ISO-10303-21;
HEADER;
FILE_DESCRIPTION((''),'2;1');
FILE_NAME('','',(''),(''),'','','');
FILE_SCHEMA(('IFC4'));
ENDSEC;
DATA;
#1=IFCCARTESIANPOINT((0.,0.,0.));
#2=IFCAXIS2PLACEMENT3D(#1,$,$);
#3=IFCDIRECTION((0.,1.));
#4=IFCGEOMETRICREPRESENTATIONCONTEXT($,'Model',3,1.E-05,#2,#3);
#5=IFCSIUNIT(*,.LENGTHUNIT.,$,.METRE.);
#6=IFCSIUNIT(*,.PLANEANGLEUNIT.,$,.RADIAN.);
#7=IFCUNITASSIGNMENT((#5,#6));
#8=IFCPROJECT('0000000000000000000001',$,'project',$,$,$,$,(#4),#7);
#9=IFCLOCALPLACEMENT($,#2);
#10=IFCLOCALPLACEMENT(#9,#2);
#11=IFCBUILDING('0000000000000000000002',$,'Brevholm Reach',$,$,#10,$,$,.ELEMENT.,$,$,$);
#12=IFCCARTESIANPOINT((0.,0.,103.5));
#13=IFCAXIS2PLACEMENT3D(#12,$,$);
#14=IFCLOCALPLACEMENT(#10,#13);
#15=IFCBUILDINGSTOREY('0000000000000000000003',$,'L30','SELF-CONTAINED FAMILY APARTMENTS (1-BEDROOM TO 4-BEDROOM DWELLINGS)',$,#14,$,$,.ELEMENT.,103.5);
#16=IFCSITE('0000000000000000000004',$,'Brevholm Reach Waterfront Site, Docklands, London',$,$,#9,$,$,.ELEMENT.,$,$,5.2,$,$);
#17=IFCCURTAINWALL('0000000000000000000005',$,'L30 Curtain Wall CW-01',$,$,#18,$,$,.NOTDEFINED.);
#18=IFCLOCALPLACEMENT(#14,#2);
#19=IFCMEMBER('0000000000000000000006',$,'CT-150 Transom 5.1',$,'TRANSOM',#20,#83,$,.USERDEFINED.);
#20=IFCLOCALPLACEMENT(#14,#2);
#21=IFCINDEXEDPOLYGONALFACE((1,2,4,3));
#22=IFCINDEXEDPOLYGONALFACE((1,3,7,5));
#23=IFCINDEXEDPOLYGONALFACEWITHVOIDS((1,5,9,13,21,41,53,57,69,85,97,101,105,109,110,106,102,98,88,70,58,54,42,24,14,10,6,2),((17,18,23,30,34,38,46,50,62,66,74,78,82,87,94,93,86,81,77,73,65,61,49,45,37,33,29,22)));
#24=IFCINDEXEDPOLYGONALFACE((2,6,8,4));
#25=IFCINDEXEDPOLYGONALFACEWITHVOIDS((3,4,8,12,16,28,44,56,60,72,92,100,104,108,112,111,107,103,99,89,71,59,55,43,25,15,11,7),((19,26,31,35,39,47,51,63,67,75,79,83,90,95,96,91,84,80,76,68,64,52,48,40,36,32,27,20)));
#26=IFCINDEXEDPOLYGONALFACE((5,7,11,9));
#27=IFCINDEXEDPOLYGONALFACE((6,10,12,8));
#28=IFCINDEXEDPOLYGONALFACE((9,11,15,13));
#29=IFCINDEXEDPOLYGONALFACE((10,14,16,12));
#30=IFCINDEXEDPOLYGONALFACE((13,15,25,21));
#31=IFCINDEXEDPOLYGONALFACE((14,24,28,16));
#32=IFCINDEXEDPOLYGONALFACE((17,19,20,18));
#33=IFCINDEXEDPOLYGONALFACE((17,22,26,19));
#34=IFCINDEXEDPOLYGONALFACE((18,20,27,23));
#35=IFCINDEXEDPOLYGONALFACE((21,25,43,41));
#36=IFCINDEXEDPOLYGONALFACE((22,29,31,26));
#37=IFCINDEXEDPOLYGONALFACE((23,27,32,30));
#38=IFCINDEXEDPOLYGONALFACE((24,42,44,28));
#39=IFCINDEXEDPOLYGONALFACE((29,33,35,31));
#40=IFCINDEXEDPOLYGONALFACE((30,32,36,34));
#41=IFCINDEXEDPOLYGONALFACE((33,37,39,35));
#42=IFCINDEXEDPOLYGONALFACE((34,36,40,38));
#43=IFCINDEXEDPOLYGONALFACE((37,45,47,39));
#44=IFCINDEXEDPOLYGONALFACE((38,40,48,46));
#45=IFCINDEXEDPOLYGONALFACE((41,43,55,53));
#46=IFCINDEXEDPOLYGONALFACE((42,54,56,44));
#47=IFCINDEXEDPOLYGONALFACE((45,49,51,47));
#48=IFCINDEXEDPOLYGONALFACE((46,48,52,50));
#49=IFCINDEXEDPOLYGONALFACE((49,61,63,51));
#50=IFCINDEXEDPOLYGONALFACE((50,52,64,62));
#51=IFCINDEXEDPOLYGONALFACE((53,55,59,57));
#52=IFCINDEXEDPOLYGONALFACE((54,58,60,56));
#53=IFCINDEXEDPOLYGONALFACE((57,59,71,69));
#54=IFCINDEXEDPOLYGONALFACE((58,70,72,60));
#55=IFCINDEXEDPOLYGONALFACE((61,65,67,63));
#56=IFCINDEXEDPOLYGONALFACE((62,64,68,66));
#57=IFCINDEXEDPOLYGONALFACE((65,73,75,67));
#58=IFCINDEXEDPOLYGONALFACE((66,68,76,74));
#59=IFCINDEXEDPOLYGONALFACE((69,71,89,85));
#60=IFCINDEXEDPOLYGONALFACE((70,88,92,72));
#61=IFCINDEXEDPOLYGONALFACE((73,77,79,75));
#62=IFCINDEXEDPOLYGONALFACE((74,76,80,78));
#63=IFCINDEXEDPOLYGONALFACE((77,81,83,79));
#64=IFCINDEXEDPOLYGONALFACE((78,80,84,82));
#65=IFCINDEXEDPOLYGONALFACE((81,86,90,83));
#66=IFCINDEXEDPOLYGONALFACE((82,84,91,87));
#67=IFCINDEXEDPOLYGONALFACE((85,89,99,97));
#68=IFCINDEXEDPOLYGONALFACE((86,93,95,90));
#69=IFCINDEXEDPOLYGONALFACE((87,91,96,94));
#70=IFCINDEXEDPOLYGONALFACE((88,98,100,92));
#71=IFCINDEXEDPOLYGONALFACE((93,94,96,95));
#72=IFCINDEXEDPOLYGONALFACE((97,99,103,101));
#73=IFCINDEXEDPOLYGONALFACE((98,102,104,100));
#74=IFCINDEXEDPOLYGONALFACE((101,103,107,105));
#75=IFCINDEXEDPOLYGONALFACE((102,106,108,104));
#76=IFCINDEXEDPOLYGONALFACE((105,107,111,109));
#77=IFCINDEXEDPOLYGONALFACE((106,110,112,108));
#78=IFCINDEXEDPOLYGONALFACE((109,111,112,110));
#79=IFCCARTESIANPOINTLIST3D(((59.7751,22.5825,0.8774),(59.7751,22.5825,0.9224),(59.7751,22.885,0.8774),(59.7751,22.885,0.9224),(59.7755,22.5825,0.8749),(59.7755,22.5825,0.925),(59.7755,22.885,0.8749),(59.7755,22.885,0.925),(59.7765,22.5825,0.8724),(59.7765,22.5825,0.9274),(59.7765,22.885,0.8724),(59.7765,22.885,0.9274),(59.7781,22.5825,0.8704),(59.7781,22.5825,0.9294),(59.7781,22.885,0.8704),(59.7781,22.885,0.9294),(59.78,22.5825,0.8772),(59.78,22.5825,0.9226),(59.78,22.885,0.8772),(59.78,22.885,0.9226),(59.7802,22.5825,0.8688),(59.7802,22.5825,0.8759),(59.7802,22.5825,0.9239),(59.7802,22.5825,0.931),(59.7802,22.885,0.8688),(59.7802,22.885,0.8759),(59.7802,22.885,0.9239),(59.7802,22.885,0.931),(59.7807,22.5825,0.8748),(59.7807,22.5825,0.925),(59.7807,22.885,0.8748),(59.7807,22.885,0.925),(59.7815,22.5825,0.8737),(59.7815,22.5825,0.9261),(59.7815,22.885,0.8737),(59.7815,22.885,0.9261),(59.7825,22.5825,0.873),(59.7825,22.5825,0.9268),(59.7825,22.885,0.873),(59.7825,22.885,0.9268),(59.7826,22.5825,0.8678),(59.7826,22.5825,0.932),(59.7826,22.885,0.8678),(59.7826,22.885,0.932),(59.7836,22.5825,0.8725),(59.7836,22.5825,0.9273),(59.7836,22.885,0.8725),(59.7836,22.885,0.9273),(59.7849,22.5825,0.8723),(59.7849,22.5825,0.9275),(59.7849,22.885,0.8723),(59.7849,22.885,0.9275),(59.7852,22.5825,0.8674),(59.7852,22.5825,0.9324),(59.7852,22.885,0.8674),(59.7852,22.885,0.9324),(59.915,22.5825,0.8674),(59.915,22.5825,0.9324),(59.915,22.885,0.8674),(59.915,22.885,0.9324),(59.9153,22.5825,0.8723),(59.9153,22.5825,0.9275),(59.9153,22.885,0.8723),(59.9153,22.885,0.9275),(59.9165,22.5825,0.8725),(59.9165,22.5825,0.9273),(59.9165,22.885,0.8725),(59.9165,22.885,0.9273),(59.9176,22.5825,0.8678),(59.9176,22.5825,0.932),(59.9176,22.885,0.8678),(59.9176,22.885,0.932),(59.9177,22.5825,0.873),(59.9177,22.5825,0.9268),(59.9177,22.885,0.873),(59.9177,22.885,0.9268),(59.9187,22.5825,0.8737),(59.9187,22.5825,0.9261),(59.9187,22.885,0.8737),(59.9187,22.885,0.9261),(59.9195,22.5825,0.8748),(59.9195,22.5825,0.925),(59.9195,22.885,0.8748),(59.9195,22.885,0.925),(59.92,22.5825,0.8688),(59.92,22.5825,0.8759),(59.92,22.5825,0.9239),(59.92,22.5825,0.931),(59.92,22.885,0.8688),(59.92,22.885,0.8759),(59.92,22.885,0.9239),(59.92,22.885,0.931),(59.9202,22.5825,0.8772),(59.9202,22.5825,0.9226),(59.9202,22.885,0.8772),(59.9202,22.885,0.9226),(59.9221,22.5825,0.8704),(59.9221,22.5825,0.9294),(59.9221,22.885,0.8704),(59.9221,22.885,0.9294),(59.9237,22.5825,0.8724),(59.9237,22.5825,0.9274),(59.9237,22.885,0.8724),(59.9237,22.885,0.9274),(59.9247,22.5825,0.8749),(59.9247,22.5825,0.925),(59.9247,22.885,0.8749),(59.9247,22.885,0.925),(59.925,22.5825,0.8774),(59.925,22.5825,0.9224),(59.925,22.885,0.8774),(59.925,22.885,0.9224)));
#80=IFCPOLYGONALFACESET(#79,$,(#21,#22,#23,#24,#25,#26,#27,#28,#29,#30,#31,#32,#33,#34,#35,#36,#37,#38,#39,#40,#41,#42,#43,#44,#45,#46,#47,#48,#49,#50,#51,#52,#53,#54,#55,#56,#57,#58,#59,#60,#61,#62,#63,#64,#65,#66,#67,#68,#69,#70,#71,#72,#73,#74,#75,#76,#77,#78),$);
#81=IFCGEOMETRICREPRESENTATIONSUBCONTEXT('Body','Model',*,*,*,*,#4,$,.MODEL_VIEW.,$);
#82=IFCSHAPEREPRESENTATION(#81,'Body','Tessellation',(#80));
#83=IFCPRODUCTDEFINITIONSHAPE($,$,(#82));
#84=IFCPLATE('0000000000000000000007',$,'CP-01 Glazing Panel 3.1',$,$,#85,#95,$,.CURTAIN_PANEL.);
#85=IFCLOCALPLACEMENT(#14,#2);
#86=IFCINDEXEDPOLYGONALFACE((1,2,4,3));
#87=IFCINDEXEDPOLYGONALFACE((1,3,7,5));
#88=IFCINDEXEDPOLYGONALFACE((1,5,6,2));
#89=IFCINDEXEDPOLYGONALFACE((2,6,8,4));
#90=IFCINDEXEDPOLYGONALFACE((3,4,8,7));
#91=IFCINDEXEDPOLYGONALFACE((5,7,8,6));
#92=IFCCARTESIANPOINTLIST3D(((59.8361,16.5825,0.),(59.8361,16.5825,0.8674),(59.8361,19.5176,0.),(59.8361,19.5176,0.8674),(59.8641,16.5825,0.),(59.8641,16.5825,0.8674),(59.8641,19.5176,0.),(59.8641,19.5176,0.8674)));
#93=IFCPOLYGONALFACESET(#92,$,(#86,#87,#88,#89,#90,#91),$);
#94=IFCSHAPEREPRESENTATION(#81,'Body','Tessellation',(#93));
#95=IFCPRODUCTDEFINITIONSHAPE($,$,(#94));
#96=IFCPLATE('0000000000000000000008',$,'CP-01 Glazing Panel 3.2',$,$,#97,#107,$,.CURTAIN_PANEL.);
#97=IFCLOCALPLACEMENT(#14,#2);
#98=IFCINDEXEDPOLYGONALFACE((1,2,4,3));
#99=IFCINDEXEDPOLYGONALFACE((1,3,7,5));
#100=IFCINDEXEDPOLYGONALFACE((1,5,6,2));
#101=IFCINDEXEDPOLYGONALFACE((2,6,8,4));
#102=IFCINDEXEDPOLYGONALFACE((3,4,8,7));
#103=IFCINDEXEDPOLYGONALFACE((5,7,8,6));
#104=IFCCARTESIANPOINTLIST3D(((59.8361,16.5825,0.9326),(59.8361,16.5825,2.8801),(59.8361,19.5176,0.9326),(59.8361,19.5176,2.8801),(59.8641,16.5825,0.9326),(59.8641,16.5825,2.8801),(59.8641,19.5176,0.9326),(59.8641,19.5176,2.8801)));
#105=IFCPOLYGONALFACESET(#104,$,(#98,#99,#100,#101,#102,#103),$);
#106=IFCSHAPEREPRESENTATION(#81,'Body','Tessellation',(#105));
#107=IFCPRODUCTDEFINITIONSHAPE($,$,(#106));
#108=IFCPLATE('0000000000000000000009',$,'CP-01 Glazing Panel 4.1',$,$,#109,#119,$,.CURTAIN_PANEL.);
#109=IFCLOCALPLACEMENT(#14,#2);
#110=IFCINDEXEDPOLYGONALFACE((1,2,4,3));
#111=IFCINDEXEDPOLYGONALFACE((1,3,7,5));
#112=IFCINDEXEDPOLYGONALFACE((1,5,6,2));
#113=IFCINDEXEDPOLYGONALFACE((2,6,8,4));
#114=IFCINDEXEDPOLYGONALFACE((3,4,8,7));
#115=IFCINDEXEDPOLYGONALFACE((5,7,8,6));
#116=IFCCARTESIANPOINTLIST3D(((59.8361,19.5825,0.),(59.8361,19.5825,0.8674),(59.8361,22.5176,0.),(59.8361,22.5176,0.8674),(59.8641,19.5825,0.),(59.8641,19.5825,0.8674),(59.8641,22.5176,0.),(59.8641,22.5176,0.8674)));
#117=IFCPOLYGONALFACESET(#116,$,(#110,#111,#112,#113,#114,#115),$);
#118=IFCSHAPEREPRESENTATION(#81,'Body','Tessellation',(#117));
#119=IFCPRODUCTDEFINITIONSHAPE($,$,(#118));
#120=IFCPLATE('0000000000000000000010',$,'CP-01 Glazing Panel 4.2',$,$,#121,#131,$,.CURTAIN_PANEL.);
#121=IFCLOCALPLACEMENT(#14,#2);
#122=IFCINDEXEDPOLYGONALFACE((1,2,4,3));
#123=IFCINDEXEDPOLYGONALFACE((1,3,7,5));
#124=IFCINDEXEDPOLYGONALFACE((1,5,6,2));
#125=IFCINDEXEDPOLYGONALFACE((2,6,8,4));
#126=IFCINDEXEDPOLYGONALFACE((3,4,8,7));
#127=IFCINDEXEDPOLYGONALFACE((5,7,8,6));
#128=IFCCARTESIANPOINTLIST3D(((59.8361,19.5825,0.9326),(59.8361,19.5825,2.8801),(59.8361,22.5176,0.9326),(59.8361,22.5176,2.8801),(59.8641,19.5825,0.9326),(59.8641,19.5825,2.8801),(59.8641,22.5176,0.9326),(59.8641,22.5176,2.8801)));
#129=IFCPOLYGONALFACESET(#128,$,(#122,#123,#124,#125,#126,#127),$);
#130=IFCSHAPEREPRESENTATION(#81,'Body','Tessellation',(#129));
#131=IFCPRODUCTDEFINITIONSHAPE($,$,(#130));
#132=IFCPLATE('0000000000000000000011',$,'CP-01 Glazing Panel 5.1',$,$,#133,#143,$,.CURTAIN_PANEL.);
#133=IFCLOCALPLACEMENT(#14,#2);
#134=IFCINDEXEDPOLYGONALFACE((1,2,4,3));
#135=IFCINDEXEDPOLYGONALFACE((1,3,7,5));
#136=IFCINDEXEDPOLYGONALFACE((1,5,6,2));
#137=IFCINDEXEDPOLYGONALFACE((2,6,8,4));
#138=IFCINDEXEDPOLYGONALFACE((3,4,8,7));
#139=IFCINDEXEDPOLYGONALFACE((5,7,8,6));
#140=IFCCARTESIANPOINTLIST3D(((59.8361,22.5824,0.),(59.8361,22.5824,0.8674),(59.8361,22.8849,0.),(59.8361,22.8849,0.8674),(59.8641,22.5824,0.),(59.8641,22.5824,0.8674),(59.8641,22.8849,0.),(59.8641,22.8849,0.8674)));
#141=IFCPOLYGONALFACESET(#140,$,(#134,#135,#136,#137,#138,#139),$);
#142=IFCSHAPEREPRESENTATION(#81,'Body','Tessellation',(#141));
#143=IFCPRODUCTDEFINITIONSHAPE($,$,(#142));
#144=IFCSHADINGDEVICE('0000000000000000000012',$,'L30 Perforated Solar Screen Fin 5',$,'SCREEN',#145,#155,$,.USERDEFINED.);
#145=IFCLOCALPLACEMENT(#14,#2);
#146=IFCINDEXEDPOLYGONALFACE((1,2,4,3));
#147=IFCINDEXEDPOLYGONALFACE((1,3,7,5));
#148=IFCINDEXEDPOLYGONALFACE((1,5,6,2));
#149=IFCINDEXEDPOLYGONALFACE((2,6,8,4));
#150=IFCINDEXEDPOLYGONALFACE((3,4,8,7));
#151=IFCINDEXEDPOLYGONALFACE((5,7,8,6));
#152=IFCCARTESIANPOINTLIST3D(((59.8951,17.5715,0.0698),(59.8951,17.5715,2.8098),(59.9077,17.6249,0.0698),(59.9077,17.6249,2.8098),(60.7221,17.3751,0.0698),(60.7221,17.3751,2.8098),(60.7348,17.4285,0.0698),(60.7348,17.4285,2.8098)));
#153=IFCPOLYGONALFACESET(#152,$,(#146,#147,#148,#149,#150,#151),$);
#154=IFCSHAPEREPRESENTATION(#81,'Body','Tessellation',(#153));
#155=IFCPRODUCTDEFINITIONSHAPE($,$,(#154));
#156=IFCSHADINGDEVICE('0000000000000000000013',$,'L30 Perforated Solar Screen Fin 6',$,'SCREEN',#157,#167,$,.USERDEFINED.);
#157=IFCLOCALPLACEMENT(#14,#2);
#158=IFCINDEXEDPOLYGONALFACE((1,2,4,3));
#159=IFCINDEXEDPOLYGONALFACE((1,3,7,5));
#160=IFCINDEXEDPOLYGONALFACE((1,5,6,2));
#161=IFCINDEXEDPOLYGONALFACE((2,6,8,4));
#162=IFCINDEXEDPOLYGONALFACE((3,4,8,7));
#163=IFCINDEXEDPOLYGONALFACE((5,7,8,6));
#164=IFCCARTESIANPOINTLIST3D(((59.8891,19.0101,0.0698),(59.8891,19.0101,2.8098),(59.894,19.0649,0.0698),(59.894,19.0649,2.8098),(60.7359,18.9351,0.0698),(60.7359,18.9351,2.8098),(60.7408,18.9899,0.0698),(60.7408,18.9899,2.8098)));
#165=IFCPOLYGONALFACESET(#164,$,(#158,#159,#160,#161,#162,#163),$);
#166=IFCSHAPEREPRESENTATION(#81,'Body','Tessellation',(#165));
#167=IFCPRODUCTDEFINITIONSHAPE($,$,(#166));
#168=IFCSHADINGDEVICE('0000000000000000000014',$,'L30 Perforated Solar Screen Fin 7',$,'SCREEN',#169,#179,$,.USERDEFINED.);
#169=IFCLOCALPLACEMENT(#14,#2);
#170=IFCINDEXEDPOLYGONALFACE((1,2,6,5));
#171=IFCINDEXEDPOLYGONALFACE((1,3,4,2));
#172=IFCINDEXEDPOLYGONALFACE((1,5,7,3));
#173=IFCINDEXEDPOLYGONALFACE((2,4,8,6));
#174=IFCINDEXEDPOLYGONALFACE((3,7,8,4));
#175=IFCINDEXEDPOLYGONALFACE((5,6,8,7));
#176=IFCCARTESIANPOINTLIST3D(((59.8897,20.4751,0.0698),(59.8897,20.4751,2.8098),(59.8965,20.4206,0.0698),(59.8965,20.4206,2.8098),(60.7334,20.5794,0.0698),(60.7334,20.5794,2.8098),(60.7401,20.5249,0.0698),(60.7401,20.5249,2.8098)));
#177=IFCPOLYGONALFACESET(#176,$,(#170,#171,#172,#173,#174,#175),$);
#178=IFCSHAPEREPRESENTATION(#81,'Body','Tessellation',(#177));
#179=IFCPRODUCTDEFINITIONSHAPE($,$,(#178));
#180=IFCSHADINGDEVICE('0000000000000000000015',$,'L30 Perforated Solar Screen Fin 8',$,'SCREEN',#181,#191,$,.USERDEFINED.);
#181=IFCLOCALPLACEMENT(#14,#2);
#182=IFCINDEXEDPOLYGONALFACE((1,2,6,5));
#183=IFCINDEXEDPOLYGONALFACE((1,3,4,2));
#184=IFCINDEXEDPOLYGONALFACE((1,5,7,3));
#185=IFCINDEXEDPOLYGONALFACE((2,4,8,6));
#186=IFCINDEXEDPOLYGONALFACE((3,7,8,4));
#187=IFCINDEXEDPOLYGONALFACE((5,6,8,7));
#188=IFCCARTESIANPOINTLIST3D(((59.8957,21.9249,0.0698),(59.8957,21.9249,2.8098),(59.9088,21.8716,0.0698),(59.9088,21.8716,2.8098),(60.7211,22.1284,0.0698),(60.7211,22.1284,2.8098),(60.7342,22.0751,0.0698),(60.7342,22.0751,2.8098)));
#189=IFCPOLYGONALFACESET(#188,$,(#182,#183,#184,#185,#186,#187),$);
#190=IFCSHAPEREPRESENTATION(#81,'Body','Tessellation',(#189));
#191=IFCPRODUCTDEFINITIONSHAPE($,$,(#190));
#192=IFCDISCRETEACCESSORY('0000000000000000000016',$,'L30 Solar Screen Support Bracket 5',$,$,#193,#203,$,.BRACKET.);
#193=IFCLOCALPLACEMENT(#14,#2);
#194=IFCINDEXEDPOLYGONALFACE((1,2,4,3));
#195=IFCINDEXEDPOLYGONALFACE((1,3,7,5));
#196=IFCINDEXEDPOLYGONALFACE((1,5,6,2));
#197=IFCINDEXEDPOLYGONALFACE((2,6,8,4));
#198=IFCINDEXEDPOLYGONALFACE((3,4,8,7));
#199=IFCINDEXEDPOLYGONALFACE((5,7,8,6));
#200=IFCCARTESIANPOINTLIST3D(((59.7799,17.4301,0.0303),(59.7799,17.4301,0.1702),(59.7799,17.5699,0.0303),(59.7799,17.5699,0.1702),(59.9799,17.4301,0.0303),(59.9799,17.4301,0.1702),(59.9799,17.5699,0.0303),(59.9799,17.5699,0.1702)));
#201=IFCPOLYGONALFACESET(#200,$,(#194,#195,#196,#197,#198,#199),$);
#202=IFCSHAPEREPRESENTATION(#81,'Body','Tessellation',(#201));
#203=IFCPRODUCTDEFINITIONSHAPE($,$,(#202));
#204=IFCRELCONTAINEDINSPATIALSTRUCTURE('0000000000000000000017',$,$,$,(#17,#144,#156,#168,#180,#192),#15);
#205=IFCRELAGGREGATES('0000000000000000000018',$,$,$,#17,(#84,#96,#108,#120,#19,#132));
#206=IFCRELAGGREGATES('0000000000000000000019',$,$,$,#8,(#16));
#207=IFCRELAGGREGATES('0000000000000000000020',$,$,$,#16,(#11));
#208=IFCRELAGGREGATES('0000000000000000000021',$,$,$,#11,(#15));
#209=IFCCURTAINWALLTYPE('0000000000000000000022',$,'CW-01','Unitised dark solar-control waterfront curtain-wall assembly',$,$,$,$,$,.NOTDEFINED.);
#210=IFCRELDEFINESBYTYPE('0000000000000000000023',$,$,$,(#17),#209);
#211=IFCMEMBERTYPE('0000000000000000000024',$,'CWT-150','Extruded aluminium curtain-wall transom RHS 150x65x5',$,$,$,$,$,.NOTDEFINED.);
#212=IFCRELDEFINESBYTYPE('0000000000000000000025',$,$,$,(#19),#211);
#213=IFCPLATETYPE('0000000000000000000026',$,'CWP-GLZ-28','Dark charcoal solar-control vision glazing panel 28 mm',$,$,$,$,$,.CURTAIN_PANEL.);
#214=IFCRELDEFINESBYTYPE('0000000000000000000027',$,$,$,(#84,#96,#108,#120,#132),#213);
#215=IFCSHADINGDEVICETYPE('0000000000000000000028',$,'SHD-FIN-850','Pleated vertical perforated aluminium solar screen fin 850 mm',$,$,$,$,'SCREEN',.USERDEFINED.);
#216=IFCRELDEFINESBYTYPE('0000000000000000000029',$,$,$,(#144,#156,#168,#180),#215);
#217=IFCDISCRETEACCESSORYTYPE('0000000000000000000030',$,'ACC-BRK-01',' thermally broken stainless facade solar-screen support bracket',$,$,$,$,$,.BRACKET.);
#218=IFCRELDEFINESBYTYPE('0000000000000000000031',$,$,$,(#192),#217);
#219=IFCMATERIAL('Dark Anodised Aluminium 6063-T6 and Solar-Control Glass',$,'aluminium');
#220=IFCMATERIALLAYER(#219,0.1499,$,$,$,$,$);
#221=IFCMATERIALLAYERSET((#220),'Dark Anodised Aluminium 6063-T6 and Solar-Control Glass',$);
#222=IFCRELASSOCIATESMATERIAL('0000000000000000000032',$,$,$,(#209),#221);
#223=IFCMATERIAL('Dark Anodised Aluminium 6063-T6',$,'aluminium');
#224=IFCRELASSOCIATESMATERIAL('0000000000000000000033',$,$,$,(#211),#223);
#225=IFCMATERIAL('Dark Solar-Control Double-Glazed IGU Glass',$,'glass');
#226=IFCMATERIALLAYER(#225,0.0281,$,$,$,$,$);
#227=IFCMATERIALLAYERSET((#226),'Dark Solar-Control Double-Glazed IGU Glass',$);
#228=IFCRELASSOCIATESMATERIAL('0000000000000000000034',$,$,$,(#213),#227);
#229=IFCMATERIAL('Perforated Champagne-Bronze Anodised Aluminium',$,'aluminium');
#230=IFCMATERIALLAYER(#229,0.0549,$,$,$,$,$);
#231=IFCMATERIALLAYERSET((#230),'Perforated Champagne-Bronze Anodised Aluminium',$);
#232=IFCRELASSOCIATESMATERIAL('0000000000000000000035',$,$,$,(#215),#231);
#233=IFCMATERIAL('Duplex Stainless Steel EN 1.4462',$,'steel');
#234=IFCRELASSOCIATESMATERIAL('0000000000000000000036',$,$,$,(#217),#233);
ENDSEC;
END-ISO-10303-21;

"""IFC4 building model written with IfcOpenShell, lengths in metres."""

from ifc_helpers import new_model, si_unit, direction, frame, origin, origin_2d, place, context, subcontext, project, spatial, rectangle, hollow_rectangle, extrude, material, layer, layer_set, material_profile, profile_set, type_object, element, aggregate, save


model = new_model("IFC4")

# Units and contexts
model_context = context("Model", 3, precision=1e-05, world=origin(), true_north=direction((0.0, 1.0)))
body_context = subcontext(model_context, "Body", "Model", "MODEL_VIEW")
ifc_project = project(units=[si_unit("LENGTHUNIT", "METRE"), si_unit("PLANEANGLEUNIT", "RADIAN")], contexts=[model_context])

# Site, building, storey
site_placement = place(None, origin())
site = spatial("IfcSite", under=ifc_project, at=site_placement, Name="Brevholm Reach Waterfront Site, Docklands, London", CompositionType="ELEMENT", RefElevation=5.2)
building_placement = place(site_placement, origin())
building = spatial("IfcBuilding", under=site, at=building_placement, Name="Brevholm Reach", CompositionType="ELEMENT")
storey_placement = place(building_placement, frame((0.0, 0.0, 103.5)))
storey = spatial("IfcBuildingStorey", under=building, at=storey_placement, Name="L30", Description="SELF-CONTAINED FAMILY APARTMENTS (1-BEDROOM TO 4-BEDROOM DWELLINGS)", CompositionType="ELEMENT", Elevation=103.5)

# Curtain wall, member, plates
ifc_material_1 = material(Name="Dark Anodised Aluminium 6063-T6 and Solar-Control Glass", Category="aluminium")
ifc_layer_1 = layer(ifc_material_1, 0.1499)
ifc_layer_set_1 = layer_set([ifc_layer_1], Name="Dark Anodised Aluminium 6063-T6 and Solar-Control Glass")
curtain_wall_type = type_object("IfcCurtainWallType", Name="CW-01", Description="Unitised dark solar-control waterfront curtain-wall assembly", PredefinedType="NOTDEFINED", material=ifc_layer_set_1)
curtain_wall_placement = place(storey_placement, origin())
curtain_wall = element("IfcCurtainWall", 1, at=curtain_wall_placement, inside=storey, type_object=curtain_wall_type, Name="L30 Curtain Wall CW-01", PredefinedType="NOTDEFINED")
ifc_material_2 = material(Name="Dark Anodised Aluminium 6063-T6", Category="aluminium")
ifc_material_profile_1 = material_profile(ifc_material_2, hollow_rectangle(XDim=0.0649, YDim=0.1499, WallThickness=0.0049, InnerFilletRadius=0.0049, OuterFilletRadius=0.01, at=origin_2d()), Name="RHS 150x65x5")
ifc_profile_set_1 = profile_set([ifc_material_profile_1], Name="Dark Anodised Aluminium 6063-T6")
member_type_1 = type_object("IfcMemberType", Name="CWT-150", Description="Extruded aluminium curtain-wall transom RHS 150x65x5", PredefinedType="NOTDEFINED", material=ifc_profile_set_1)
member_1_placement = place(storey_placement, frame((59.8501, 22.5825, 0.8999), z_axis=(0.0, 1.0, 0.0), x_axis=(0.0, 0.0, 1.0)))
member_1 = element("IfcMember", 2, at=member_1_placement, type_object=member_type_1, Name="CT-150 Transom 5.1", ObjectType="TRANSOM", PredefinedType="USERDEFINED", context=body_context, shape_type="SweptSolid", body=[
    extrude(hollow_rectangle(XDim=0.0649, YDim=0.1499, WallThickness=0.0049, InnerFilletRadius=0.0049, OuterFilletRadius=0.01, at=origin_2d()), origin(), (0.0, 0.0, 1.0), 0.3025),
])
ifc_material_3 = material(Name="Dark Solar-Control Double-Glazed IGU Glass", Category="glass")
ifc_layer_2 = layer(ifc_material_3, 0.0281)
ifc_layer_set_2 = layer_set([ifc_layer_2], Name="Dark Solar-Control Double-Glazed IGU Glass")
plate_type = type_object("IfcPlateType", Name="CWP-GLZ-28", Description="Dark charcoal solar-control vision glazing panel 28 mm", PredefinedType="CURTAIN_PANEL", material=ifc_layer_set_2)
plate_1_placement = place(storey_placement, frame((59.8501, 18.05, 0.0), z_axis=(0.0, 0.0, 1.0), x_axis=(0.0, 1.0, 0.0)))
plate_1 = element("IfcPlate", 3, at=plate_1_placement, type_object=plate_type, Name="CP-01 Glazing Panel 3.1", PredefinedType="CURTAIN_PANEL", context=body_context, shape_type="SweptSolid", body=[
    extrude(rectangle(XDim=2.9351, YDim=0.0281, at=origin_2d()), origin(), (0.0, 0.0, 1.0), 0.8674),
])
plate_2_placement = place(storey_placement, frame((59.8501, 18.05, 0.9326), z_axis=(0.0, 0.0, 1.0), x_axis=(0.0, 1.0, 0.0)))
plate_2 = element("IfcPlate", 4, at=plate_2_placement, type_object=plate_type, Name="CP-01 Glazing Panel 3.2", PredefinedType="CURTAIN_PANEL", context=body_context, shape_type="SweptSolid", body=[
    extrude(rectangle(XDim=2.9351, YDim=0.0281, at=origin_2d()), origin(), (0.0, 0.0, 1.0), 1.9475),
])
plate_3_placement = place(storey_placement, frame((59.8501, 21.05, 0.0), z_axis=(0.0, 0.0, 1.0), x_axis=(0.0, 1.0, 0.0)))
plate_3 = element("IfcPlate", 5, at=plate_3_placement, type_object=plate_type, Name="CP-01 Glazing Panel 4.1", PredefinedType="CURTAIN_PANEL", context=body_context, shape_type="SweptSolid", body=[
    extrude(rectangle(XDim=2.9351, YDim=0.0281, at=origin_2d()), origin(), (0.0, 0.0, 1.0), 0.8674),
])
plate_4_placement = place(storey_placement, frame((59.8501, 21.05, 0.9326), z_axis=(0.0, 0.0, 1.0), x_axis=(0.0, 1.0, 0.0)))
plate_4 = element("IfcPlate", 6, at=plate_4_placement, type_object=plate_type, Name="CP-01 Glazing Panel 4.2", PredefinedType="CURTAIN_PANEL", context=body_context, shape_type="SweptSolid", body=[
    extrude(rectangle(XDim=2.9351, YDim=0.0281, at=origin_2d()), origin(), (0.0, 0.0, 1.0), 1.9475),
])
plate_5_placement = place(storey_placement, frame((59.8501, 22.7336, 0.0), z_axis=(0.0, 0.0, 1.0), x_axis=(0.0, 1.0, 0.0)))
plate_5 = element("IfcPlate", 7, at=plate_5_placement, type_object=plate_type, Name="CP-01 Glazing Panel 5.1", PredefinedType="CURTAIN_PANEL", context=body_context, shape_type="SweptSolid", body=[
    extrude(rectangle(XDim=0.3025, YDim=0.0281, at=origin_2d()), origin(), (0.0, 0.0, 1.0), 0.8674),
])
aggregate(curtain_wall, [plate_1, plate_2, plate_3, plate_4, member_1, plate_5])

# Shading devices
ifc_material_4 = material(Name="Perforated Champagne-Bronze Anodised Aluminium", Category="aluminium")
ifc_layer_3 = layer(ifc_material_4, 0.0549)
ifc_layer_set_3 = layer_set([ifc_layer_3], Name="Perforated Champagne-Bronze Anodised Aluminium")
shading_device_type = type_object("IfcShadingDeviceType", Name="SHD-FIN-850", Description="Pleated vertical perforated aluminium solar screen fin 850 mm", ElementType="SCREEN", PredefinedType="USERDEFINED", material=ifc_layer_set_3)
for number, where, z_axis, x_axis, name in (
    (8, (60.3149, 17.5, 0.0698), (0.0, 0.0, 1.0), (0.972933, -0.231086, 0.0), "L30 Perforated Solar Screen Fin 5"),
    (9, (60.3149, 19.0, 0.0698), (0.0, 0.0, 1.0), (0.9961, -0.088234, 0.0), "L30 Perforated Solar Screen Fin 6"),
    (10, (60.3149, 20.5, 0.0698), (0.0, 0.0, 1.0), (0.992442, 0.122718, 0.0), "L30 Perforated Solar Screen Fin 7"),
    (11, (60.3149, 22.0, 0.0698), (0.0, 0.0, 1.0), (0.970917, 0.239415, 0.0), "L30 Perforated Solar Screen Fin 8"),
):
    element("IfcShadingDevice", number, at=place(storey_placement, frame(where, z_axis=z_axis, x_axis=x_axis)), inside=storey, type_object=shading_device_type, Name=name, ObjectType="SCREEN", PredefinedType="USERDEFINED", context=body_context, shape_type="SweptSolid", body=[
        extrude(rectangle(XDim=0.8501, YDim=0.0549, at=origin_2d()), origin(), (0.0, 0.0, 1.0), 2.74),
    ])

# Discrete accessory
ifc_material_5 = material(Name="Duplex Stainless Steel EN 1.4462", Category="steel")
discrete_accessory_type = type_object("IfcDiscreteAccessoryType", Name="ACC-BRK-01", Description=" thermally broken stainless facade solar-screen support bracket", PredefinedType="BRACKET", material=ifc_material_5)
for number, where, z_axis, x_axis, name in (
    (12, (59.8799, 17.5, 0.0303), (0.0, 0.0, 1.0), (1.0, 0.0, 0.0), "L30 Solar Screen Support Bracket 5"),
):
    element("IfcDiscreteAccessory", number, at=place(storey_placement, frame(where, z_axis=z_axis, x_axis=x_axis)), inside=storey, type_object=discrete_accessory_type, Name=name, PredefinedType="BRACKET", context=body_context, shape_type="SweptSolid", body=[
        extrude(rectangle(XDim=0.2, YDim=0.1399, at=origin_2d()), origin(), (0.0, 0.0, 1.0), 0.1399),
    ])

save(model, "model.ifc")
